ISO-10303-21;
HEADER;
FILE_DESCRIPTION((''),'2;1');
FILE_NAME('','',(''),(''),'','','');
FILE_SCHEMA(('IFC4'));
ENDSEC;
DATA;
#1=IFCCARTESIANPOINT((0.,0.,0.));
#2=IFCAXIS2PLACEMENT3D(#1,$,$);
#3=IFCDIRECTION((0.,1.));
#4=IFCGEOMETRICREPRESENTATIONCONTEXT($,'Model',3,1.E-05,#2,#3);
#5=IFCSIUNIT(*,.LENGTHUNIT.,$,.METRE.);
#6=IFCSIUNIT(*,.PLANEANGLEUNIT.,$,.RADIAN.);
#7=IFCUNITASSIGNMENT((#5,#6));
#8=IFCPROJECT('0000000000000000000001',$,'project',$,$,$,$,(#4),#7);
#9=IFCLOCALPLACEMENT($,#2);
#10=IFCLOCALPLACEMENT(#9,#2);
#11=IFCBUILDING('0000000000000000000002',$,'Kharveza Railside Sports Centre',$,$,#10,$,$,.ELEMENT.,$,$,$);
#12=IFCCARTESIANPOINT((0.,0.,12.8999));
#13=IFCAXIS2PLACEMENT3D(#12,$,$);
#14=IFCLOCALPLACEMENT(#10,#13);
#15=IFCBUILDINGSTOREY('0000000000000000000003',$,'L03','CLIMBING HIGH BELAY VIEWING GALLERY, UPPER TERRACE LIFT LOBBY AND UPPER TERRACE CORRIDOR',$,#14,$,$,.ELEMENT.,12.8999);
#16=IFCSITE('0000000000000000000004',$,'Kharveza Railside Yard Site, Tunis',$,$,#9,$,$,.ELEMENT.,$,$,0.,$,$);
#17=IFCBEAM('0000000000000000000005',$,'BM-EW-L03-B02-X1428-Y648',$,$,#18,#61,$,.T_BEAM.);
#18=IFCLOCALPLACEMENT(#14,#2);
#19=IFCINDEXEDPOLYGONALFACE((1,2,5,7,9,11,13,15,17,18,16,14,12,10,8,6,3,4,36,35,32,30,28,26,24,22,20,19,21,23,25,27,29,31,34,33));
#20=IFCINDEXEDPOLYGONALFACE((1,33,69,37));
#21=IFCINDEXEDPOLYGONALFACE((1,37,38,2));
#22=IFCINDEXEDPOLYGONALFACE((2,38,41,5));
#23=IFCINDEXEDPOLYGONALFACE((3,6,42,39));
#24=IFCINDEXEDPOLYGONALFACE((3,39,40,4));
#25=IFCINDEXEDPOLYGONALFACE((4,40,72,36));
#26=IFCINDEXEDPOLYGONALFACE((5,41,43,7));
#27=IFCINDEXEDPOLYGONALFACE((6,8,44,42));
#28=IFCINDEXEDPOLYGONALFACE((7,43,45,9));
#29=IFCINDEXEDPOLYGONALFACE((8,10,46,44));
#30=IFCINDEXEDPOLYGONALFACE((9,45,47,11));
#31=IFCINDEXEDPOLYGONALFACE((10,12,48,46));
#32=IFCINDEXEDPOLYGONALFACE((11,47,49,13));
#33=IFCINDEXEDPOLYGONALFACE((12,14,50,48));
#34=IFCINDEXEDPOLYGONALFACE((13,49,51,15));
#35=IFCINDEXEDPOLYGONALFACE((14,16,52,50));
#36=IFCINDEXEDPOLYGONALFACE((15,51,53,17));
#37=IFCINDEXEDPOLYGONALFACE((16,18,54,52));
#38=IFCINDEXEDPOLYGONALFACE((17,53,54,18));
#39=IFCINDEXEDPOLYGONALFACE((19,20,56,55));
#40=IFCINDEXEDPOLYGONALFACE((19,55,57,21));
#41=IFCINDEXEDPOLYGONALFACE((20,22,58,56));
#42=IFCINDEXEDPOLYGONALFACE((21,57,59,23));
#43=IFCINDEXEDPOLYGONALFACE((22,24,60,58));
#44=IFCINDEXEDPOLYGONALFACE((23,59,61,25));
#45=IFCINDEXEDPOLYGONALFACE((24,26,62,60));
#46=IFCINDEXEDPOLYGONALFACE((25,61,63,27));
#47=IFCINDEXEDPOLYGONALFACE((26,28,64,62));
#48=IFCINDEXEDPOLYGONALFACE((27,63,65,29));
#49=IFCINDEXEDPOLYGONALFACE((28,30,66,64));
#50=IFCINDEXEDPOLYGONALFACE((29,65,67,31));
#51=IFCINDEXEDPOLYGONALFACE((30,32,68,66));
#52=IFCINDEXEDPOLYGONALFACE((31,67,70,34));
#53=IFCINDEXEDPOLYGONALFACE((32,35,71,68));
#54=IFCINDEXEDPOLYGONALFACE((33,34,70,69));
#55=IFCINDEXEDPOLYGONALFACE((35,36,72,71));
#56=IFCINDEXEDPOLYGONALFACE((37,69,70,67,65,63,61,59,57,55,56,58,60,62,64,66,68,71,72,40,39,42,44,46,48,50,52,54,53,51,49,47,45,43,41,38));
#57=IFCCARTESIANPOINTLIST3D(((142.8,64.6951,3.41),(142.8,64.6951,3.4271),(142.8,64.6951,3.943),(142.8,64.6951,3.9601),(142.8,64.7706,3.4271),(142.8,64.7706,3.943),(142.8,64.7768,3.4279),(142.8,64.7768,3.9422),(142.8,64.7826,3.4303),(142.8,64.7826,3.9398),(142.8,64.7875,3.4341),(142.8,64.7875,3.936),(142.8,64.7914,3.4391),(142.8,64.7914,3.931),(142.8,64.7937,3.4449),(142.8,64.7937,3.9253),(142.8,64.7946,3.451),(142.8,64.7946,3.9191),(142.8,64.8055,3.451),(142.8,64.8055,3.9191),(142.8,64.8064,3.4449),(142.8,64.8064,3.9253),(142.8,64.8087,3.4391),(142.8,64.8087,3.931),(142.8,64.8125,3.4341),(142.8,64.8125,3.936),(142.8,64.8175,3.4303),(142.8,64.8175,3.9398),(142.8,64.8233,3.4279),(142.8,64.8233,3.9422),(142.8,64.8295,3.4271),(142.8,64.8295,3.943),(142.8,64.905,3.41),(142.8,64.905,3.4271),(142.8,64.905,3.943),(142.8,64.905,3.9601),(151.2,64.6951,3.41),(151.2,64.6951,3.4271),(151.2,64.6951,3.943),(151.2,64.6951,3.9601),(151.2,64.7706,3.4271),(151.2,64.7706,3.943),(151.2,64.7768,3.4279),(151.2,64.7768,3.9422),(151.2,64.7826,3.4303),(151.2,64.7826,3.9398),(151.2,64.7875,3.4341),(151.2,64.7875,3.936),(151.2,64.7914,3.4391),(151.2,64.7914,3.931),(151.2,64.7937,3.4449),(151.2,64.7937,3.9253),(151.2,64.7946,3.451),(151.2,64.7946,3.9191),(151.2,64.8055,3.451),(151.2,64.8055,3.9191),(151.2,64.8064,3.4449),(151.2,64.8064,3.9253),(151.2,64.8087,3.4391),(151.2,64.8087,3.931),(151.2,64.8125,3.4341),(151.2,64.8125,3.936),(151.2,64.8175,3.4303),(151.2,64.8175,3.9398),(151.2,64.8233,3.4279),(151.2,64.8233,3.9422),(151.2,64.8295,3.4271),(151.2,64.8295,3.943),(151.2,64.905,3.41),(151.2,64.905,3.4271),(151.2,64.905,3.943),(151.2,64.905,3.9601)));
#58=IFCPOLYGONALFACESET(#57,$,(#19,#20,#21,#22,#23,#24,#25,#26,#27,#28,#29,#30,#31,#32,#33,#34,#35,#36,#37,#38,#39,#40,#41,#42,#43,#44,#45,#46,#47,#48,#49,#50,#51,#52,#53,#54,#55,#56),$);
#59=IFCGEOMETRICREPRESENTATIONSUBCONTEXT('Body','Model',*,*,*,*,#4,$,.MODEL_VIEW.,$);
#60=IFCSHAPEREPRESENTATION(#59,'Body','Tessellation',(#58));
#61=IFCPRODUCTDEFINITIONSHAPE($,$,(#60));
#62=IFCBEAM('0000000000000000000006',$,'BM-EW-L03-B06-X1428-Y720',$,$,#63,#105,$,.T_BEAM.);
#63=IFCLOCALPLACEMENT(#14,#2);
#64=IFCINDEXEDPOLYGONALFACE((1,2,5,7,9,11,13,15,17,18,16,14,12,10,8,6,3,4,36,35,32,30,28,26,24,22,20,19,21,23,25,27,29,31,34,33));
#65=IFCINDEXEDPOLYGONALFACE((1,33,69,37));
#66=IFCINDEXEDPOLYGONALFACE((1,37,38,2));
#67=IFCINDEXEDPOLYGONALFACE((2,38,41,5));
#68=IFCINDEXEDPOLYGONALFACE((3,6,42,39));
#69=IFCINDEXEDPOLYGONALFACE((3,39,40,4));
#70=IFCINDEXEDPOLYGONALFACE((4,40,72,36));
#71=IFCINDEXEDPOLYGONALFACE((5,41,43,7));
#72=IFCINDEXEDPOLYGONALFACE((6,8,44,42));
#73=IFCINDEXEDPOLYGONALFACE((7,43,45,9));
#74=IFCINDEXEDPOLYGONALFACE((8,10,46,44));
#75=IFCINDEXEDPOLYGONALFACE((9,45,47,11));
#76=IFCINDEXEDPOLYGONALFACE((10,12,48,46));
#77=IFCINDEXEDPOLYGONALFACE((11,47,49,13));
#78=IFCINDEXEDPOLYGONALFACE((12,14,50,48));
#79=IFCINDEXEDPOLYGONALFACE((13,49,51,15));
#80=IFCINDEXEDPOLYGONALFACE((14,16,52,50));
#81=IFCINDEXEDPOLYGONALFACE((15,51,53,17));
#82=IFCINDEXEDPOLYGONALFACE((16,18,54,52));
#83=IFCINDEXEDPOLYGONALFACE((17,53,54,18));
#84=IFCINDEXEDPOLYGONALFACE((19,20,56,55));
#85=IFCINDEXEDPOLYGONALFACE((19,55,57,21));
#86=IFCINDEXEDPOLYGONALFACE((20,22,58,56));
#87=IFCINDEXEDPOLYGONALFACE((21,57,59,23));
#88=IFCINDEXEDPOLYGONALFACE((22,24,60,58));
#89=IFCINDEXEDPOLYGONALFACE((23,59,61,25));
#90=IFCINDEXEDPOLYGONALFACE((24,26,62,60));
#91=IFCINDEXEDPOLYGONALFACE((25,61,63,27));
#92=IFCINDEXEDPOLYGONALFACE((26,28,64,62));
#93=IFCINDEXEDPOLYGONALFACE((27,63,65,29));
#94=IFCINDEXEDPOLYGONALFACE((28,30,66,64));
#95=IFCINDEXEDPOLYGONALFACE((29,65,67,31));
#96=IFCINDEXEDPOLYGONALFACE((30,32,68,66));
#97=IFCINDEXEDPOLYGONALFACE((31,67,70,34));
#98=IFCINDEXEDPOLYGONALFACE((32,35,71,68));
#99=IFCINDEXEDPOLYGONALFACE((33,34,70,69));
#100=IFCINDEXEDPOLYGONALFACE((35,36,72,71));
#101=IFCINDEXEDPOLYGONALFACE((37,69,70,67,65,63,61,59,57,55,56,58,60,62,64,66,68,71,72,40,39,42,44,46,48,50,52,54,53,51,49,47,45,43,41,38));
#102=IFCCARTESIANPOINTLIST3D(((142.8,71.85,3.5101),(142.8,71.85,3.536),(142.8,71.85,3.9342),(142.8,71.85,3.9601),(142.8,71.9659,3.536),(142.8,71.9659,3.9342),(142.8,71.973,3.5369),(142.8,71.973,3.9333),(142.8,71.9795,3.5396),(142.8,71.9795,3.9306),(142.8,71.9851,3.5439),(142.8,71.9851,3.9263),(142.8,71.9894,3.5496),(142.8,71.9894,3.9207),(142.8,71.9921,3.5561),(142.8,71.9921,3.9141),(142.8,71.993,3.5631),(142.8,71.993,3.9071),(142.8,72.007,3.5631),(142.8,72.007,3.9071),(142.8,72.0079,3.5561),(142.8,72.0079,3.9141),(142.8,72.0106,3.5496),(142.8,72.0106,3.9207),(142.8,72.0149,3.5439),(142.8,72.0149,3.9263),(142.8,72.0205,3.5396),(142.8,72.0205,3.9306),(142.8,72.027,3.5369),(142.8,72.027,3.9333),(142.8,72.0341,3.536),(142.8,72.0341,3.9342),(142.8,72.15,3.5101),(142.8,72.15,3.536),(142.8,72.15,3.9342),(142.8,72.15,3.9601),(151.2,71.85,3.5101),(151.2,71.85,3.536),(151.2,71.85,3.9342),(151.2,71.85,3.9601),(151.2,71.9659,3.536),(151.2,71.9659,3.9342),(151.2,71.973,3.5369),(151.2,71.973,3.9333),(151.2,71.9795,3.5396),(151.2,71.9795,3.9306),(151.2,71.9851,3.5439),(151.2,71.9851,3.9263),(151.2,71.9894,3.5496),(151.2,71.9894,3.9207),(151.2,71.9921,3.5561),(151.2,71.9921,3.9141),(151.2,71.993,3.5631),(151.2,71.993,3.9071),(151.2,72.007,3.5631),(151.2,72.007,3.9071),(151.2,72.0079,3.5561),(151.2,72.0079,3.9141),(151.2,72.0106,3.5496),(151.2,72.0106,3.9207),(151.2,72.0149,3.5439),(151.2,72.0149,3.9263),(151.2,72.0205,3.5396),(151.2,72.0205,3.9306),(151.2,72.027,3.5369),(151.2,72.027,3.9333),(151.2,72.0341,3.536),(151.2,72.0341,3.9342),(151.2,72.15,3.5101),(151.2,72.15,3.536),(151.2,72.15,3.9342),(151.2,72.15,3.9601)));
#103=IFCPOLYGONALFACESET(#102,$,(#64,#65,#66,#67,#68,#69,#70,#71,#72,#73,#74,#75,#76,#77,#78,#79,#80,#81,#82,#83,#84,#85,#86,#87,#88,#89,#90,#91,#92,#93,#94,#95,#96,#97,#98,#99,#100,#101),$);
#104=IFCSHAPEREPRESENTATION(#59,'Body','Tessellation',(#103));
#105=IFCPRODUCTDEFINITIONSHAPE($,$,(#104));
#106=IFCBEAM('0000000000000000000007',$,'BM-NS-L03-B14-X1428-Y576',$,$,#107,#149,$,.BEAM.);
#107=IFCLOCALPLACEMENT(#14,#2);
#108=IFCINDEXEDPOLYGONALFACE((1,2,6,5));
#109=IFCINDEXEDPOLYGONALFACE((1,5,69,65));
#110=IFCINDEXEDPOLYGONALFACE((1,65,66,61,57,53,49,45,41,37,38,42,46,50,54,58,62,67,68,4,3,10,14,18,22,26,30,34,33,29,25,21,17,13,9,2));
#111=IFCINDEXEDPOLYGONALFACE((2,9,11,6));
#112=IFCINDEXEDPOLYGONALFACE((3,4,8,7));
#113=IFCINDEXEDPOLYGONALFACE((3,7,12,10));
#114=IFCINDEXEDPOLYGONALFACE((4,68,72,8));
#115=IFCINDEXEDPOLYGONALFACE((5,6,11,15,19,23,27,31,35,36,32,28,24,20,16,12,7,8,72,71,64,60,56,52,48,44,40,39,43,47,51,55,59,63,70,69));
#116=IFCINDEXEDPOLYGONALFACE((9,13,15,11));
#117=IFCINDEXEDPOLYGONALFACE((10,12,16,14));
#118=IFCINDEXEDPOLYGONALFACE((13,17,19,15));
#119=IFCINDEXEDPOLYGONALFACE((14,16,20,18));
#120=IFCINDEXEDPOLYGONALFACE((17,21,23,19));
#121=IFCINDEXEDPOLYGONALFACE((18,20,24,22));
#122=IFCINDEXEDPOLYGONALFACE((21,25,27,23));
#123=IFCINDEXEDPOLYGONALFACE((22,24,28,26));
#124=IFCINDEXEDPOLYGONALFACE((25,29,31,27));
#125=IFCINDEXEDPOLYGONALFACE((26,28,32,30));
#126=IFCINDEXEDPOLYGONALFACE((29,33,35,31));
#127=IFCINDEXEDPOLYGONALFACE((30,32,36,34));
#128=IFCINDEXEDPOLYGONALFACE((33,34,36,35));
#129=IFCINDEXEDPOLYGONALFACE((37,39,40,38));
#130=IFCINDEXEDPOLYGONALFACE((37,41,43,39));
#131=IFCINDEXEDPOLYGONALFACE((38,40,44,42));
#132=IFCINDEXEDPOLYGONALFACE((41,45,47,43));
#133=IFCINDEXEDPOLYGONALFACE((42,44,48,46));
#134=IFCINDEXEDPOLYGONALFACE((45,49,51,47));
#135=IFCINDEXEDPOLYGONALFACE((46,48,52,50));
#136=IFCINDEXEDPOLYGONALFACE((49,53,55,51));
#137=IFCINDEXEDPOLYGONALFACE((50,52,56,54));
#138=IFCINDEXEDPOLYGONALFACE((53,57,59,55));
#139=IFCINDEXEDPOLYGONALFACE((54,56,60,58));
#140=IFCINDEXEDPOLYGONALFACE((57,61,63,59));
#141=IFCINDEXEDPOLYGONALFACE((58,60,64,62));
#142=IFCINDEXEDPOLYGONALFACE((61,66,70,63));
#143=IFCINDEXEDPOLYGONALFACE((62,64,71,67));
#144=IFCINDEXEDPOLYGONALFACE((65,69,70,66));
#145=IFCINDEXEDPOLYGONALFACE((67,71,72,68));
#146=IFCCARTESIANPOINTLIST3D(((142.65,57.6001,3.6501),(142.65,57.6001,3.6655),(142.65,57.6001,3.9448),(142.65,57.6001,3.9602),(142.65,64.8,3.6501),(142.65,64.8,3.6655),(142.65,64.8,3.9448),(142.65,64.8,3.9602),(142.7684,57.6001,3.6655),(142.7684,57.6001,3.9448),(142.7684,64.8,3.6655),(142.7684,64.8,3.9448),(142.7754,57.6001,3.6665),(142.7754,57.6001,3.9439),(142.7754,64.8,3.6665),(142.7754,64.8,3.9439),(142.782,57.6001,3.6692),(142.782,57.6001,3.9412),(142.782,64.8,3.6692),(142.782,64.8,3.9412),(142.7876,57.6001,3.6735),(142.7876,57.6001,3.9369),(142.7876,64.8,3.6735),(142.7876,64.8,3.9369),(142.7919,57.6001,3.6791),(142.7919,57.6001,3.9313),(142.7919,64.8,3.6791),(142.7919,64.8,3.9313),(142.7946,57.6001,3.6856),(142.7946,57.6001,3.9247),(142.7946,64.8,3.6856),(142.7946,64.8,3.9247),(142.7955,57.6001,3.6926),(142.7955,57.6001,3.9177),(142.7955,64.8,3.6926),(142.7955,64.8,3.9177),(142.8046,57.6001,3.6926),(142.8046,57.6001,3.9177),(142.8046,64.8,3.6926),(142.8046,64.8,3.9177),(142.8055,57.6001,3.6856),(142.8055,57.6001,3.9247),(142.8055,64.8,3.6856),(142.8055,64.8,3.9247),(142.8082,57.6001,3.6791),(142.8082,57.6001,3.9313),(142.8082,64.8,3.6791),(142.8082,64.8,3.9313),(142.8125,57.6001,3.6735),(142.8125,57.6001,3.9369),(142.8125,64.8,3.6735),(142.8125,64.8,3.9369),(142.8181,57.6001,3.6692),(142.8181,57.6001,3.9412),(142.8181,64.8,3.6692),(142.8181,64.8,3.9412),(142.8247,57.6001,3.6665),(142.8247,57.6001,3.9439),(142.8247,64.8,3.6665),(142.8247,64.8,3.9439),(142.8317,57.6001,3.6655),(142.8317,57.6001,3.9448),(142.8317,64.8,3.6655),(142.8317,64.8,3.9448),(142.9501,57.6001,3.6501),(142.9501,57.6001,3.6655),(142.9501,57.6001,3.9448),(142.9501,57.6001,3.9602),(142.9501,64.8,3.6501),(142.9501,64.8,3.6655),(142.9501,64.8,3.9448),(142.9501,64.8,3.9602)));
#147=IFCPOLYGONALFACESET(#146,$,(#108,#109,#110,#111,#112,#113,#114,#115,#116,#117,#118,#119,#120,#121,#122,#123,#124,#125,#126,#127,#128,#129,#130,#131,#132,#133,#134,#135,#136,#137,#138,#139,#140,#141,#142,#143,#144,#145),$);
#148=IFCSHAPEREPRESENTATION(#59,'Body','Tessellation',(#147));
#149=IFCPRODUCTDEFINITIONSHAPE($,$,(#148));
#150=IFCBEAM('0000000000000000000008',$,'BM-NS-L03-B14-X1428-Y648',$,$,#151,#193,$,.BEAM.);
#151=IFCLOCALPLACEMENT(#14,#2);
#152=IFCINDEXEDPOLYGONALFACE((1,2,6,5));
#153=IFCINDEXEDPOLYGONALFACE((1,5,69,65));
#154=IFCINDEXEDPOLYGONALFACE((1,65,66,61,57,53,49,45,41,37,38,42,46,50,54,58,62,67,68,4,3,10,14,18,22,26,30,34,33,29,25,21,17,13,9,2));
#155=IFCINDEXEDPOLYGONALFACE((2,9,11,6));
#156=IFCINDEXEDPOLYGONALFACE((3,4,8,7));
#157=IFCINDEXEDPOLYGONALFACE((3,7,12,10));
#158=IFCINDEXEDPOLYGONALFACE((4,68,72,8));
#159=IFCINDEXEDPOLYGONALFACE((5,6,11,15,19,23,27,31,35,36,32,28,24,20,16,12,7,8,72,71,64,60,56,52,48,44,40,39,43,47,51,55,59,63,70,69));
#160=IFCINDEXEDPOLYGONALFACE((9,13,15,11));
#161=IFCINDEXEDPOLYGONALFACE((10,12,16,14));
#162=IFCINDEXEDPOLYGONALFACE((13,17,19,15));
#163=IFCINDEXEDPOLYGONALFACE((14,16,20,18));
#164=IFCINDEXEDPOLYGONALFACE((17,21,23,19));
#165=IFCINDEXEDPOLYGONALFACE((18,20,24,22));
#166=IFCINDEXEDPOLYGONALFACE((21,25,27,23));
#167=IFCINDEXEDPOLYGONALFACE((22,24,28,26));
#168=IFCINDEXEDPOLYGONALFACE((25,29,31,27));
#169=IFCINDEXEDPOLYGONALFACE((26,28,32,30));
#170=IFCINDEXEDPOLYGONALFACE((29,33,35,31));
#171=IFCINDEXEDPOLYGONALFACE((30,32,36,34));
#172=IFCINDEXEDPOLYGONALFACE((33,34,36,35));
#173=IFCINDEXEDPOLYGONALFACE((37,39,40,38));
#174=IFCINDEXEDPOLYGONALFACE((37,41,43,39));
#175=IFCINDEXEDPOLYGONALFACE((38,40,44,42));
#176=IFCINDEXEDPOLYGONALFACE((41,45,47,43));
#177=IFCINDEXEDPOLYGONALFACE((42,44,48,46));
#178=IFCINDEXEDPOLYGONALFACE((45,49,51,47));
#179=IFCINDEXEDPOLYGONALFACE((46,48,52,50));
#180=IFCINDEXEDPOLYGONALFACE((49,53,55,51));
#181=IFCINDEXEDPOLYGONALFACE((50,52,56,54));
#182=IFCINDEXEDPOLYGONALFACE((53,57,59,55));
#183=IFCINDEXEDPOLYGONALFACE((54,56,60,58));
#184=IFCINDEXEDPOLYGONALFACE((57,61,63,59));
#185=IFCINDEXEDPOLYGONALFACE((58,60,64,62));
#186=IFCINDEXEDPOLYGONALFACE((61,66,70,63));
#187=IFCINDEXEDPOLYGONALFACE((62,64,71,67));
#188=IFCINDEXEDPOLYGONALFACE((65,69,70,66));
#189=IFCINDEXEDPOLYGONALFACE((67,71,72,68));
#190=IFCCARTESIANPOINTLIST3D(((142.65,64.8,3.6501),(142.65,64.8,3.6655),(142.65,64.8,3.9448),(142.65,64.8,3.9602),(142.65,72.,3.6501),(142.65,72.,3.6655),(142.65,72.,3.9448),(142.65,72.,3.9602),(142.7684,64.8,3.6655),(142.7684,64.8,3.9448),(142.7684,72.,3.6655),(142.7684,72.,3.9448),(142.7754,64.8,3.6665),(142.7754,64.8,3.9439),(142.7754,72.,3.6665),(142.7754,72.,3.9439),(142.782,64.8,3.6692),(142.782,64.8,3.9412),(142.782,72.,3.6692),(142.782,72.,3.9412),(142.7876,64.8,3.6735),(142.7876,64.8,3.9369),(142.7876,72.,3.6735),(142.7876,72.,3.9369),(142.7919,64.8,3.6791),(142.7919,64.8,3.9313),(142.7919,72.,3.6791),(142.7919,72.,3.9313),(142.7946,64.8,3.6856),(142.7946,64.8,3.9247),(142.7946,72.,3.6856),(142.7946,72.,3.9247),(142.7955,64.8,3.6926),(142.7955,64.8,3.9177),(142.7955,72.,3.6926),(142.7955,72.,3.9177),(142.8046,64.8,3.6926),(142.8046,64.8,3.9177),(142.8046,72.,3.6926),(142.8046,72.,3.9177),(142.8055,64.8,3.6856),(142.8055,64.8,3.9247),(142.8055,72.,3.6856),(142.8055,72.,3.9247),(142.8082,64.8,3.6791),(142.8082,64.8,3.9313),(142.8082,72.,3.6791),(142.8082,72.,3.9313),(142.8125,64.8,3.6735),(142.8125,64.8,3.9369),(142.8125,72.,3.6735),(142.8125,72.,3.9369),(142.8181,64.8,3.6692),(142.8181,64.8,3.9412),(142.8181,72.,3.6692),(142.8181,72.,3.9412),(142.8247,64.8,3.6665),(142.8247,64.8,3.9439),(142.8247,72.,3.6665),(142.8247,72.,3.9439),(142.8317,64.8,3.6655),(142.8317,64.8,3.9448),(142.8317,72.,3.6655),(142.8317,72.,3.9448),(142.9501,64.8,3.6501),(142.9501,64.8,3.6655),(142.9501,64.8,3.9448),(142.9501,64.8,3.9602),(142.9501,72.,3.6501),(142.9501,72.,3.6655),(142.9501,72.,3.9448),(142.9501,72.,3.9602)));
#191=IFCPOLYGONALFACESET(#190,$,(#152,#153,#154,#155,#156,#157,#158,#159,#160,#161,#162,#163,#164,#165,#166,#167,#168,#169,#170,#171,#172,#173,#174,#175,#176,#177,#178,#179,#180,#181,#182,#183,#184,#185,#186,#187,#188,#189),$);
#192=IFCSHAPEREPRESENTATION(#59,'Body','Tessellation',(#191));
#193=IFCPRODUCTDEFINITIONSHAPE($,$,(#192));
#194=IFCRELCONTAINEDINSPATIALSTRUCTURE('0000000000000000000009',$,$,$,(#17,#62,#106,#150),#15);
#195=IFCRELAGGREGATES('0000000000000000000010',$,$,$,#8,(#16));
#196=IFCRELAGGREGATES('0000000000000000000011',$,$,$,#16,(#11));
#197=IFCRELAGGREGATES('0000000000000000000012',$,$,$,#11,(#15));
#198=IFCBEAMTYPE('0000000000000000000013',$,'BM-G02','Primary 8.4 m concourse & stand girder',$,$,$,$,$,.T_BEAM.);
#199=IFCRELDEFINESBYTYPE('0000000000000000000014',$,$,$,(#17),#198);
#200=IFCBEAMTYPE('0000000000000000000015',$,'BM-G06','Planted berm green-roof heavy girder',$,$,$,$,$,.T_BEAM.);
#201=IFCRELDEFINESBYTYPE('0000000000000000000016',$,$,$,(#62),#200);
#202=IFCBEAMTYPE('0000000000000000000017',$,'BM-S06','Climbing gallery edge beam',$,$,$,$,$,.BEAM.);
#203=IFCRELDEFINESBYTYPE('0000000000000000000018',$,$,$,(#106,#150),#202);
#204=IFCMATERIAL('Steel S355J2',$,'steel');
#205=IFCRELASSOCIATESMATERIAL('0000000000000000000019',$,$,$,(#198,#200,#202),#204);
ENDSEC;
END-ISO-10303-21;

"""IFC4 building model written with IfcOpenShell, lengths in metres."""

from ifc_helpers import new_model, si_unit, direction, frame, origin, origin_2d, place, context, subcontext, project, spatial, i_section, extrude, material, material_profile, profile_set, type_object, element, save


model = new_model("IFC4")

# Units and contexts
model_context = context("Model", 3, precision=1e-05, world=origin(), true_north=direction((0.0, 1.0)))
body_context = subcontext(model_context, "Body", "Model", "MODEL_VIEW")
ifc_project = project(units=[si_unit("LENGTHUNIT", "METRE"), si_unit("PLANEANGLEUNIT", "RADIAN")], contexts=[model_context])

# Site, building, storey
site_placement = place(None, origin())
site = spatial("IfcSite", under=ifc_project, at=site_placement, Name="Kharveza Railside Yard Site, Tunis", CompositionType="ELEMENT", RefElevation=0.0)
building_placement = place(site_placement, origin())
building = spatial("IfcBuilding", under=site, at=building_placement, Name="Kharveza Railside Sports Centre", CompositionType="ELEMENT")
storey_placement = place(building_placement, frame((0.0, 0.0, 12.8999)))
storey = spatial("IfcBuildingStorey", under=building, at=storey_placement, Name="L03", Description="CLIMBING HIGH BELAY VIEWING GALLERY, UPPER TERRACE LIFT LOBBY AND UPPER TERRACE CORRIDOR", CompositionType="ELEMENT", Elevation=12.8999)

# Shared definitions
ifc_material_1 = material(Name="Steel S355J2", Category="steel")

# Beams
ifc_material_profile_1 = material_profile(ifc_material_1, i_section(OverallWidth=0.21, OverallDepth=0.55, WebThickness=0.011, FlangeThickness=0.0171, FilletRadius=0.0239, at=origin_2d()), Name="IPE 550")
ifc_profile_set_1 = profile_set([ifc_material_profile_1], Name="Steel S355J2")
beam_type_1 = type_object("IfcBeamType", Name="BM-G02", Description="Primary 8.4 m concourse & stand girder", PredefinedType="T_BEAM", material=ifc_profile_set_1)
beam_1_placement = place(storey_placement, frame((142.8, 64.8, 3.6851), z_axis=(1.0, 0.0, 0.0), x_axis=(0.0, 1.0, 0.0)))
element("IfcBeam", 1, at=beam_1_placement, inside=storey, type_object=beam_type_1, Name="BM-EW-L03-B02-X1428-Y648", PredefinedType="T_BEAM", context=body_context, shape_type="SweptSolid", body=[
    extrude(i_section(OverallWidth=0.21, OverallDepth=0.55, WebThickness=0.011, FlangeThickness=0.0171, FilletRadius=0.0239, at=origin_2d()), origin(), (0.0, 0.0, 1.0), 8.3999),
])
ifc_material_profile_2 = material_profile(ifc_material_1, i_section(OverallWidth=0.3, OverallDepth=0.45, WebThickness=0.0139, FlangeThickness=0.0259, FilletRadius=0.0271, at=origin_2d()), Name="HEB 450")
ifc_profile_set_2 = profile_set([ifc_material_profile_2], Name="Steel S355J2")
beam_type_2 = type_object("IfcBeamType", Name="BM-G06", Description="Planted berm green-roof heavy girder", PredefinedType="T_BEAM", material=ifc_profile_set_2)
beam_2_placement = place(storey_placement, frame((142.8, 72.0, 3.7351), z_axis=(1.0, 0.0, 0.0), x_axis=(0.0, 1.0, 0.0)))
element("IfcBeam", 2, at=beam_2_placement, inside=storey, type_object=beam_type_2, Name="BM-EW-L03-B06-X1428-Y720", PredefinedType="T_BEAM", context=body_context, shape_type="SweptSolid", body=[
    extrude(i_section(OverallWidth=0.3, OverallDepth=0.45, WebThickness=0.0139, FlangeThickness=0.0259, FilletRadius=0.0271, at=origin_2d()), origin(), (0.0, 0.0, 1.0), 8.3999),
])
ifc_material_profile_3 = material_profile(ifc_material_1, i_section(OverallWidth=0.3, OverallDepth=0.3101, WebThickness=0.009, FlangeThickness=0.0154, FilletRadius=0.0271, at=origin_2d()), Name="HEA 320")
ifc_profile_set_3 = profile_set([ifc_material_profile_3], Name="Steel S355J2")
beam_type_3 = type_object("IfcBeamType", Name="BM-S06", Description="Climbing gallery edge beam", PredefinedType="BEAM", material=ifc_profile_set_3)
for number, where, z_axis, x_axis, name in (
    (3, (142.8, 57.6001, 3.8052), (0.0, 1.0, 0.0), (-1.0, 0.0, 0.0), "BM-NS-L03-B14-X1428-Y576"),
    (4, (142.8, 64.8, 3.8052), (0.0, 1.0, 0.0), (-1.0, 0.0, 0.0), "BM-NS-L03-B14-X1428-Y648"),
):
    element("IfcBeam", number, at=place(storey_placement, frame(where, z_axis=z_axis, x_axis=x_axis)), inside=storey, type_object=beam_type_3, Name=name, PredefinedType="BEAM", context=body_context, shape_type="SweptSolid", body=[
        extrude(i_section(OverallWidth=0.3, OverallDepth=0.3101, WebThickness=0.009, FlangeThickness=0.0154, FilletRadius=0.0271, at=origin_2d()), origin(), (0.0, 0.0, 1.0), 7.2),
    ])

save(model, "model.ifc")
